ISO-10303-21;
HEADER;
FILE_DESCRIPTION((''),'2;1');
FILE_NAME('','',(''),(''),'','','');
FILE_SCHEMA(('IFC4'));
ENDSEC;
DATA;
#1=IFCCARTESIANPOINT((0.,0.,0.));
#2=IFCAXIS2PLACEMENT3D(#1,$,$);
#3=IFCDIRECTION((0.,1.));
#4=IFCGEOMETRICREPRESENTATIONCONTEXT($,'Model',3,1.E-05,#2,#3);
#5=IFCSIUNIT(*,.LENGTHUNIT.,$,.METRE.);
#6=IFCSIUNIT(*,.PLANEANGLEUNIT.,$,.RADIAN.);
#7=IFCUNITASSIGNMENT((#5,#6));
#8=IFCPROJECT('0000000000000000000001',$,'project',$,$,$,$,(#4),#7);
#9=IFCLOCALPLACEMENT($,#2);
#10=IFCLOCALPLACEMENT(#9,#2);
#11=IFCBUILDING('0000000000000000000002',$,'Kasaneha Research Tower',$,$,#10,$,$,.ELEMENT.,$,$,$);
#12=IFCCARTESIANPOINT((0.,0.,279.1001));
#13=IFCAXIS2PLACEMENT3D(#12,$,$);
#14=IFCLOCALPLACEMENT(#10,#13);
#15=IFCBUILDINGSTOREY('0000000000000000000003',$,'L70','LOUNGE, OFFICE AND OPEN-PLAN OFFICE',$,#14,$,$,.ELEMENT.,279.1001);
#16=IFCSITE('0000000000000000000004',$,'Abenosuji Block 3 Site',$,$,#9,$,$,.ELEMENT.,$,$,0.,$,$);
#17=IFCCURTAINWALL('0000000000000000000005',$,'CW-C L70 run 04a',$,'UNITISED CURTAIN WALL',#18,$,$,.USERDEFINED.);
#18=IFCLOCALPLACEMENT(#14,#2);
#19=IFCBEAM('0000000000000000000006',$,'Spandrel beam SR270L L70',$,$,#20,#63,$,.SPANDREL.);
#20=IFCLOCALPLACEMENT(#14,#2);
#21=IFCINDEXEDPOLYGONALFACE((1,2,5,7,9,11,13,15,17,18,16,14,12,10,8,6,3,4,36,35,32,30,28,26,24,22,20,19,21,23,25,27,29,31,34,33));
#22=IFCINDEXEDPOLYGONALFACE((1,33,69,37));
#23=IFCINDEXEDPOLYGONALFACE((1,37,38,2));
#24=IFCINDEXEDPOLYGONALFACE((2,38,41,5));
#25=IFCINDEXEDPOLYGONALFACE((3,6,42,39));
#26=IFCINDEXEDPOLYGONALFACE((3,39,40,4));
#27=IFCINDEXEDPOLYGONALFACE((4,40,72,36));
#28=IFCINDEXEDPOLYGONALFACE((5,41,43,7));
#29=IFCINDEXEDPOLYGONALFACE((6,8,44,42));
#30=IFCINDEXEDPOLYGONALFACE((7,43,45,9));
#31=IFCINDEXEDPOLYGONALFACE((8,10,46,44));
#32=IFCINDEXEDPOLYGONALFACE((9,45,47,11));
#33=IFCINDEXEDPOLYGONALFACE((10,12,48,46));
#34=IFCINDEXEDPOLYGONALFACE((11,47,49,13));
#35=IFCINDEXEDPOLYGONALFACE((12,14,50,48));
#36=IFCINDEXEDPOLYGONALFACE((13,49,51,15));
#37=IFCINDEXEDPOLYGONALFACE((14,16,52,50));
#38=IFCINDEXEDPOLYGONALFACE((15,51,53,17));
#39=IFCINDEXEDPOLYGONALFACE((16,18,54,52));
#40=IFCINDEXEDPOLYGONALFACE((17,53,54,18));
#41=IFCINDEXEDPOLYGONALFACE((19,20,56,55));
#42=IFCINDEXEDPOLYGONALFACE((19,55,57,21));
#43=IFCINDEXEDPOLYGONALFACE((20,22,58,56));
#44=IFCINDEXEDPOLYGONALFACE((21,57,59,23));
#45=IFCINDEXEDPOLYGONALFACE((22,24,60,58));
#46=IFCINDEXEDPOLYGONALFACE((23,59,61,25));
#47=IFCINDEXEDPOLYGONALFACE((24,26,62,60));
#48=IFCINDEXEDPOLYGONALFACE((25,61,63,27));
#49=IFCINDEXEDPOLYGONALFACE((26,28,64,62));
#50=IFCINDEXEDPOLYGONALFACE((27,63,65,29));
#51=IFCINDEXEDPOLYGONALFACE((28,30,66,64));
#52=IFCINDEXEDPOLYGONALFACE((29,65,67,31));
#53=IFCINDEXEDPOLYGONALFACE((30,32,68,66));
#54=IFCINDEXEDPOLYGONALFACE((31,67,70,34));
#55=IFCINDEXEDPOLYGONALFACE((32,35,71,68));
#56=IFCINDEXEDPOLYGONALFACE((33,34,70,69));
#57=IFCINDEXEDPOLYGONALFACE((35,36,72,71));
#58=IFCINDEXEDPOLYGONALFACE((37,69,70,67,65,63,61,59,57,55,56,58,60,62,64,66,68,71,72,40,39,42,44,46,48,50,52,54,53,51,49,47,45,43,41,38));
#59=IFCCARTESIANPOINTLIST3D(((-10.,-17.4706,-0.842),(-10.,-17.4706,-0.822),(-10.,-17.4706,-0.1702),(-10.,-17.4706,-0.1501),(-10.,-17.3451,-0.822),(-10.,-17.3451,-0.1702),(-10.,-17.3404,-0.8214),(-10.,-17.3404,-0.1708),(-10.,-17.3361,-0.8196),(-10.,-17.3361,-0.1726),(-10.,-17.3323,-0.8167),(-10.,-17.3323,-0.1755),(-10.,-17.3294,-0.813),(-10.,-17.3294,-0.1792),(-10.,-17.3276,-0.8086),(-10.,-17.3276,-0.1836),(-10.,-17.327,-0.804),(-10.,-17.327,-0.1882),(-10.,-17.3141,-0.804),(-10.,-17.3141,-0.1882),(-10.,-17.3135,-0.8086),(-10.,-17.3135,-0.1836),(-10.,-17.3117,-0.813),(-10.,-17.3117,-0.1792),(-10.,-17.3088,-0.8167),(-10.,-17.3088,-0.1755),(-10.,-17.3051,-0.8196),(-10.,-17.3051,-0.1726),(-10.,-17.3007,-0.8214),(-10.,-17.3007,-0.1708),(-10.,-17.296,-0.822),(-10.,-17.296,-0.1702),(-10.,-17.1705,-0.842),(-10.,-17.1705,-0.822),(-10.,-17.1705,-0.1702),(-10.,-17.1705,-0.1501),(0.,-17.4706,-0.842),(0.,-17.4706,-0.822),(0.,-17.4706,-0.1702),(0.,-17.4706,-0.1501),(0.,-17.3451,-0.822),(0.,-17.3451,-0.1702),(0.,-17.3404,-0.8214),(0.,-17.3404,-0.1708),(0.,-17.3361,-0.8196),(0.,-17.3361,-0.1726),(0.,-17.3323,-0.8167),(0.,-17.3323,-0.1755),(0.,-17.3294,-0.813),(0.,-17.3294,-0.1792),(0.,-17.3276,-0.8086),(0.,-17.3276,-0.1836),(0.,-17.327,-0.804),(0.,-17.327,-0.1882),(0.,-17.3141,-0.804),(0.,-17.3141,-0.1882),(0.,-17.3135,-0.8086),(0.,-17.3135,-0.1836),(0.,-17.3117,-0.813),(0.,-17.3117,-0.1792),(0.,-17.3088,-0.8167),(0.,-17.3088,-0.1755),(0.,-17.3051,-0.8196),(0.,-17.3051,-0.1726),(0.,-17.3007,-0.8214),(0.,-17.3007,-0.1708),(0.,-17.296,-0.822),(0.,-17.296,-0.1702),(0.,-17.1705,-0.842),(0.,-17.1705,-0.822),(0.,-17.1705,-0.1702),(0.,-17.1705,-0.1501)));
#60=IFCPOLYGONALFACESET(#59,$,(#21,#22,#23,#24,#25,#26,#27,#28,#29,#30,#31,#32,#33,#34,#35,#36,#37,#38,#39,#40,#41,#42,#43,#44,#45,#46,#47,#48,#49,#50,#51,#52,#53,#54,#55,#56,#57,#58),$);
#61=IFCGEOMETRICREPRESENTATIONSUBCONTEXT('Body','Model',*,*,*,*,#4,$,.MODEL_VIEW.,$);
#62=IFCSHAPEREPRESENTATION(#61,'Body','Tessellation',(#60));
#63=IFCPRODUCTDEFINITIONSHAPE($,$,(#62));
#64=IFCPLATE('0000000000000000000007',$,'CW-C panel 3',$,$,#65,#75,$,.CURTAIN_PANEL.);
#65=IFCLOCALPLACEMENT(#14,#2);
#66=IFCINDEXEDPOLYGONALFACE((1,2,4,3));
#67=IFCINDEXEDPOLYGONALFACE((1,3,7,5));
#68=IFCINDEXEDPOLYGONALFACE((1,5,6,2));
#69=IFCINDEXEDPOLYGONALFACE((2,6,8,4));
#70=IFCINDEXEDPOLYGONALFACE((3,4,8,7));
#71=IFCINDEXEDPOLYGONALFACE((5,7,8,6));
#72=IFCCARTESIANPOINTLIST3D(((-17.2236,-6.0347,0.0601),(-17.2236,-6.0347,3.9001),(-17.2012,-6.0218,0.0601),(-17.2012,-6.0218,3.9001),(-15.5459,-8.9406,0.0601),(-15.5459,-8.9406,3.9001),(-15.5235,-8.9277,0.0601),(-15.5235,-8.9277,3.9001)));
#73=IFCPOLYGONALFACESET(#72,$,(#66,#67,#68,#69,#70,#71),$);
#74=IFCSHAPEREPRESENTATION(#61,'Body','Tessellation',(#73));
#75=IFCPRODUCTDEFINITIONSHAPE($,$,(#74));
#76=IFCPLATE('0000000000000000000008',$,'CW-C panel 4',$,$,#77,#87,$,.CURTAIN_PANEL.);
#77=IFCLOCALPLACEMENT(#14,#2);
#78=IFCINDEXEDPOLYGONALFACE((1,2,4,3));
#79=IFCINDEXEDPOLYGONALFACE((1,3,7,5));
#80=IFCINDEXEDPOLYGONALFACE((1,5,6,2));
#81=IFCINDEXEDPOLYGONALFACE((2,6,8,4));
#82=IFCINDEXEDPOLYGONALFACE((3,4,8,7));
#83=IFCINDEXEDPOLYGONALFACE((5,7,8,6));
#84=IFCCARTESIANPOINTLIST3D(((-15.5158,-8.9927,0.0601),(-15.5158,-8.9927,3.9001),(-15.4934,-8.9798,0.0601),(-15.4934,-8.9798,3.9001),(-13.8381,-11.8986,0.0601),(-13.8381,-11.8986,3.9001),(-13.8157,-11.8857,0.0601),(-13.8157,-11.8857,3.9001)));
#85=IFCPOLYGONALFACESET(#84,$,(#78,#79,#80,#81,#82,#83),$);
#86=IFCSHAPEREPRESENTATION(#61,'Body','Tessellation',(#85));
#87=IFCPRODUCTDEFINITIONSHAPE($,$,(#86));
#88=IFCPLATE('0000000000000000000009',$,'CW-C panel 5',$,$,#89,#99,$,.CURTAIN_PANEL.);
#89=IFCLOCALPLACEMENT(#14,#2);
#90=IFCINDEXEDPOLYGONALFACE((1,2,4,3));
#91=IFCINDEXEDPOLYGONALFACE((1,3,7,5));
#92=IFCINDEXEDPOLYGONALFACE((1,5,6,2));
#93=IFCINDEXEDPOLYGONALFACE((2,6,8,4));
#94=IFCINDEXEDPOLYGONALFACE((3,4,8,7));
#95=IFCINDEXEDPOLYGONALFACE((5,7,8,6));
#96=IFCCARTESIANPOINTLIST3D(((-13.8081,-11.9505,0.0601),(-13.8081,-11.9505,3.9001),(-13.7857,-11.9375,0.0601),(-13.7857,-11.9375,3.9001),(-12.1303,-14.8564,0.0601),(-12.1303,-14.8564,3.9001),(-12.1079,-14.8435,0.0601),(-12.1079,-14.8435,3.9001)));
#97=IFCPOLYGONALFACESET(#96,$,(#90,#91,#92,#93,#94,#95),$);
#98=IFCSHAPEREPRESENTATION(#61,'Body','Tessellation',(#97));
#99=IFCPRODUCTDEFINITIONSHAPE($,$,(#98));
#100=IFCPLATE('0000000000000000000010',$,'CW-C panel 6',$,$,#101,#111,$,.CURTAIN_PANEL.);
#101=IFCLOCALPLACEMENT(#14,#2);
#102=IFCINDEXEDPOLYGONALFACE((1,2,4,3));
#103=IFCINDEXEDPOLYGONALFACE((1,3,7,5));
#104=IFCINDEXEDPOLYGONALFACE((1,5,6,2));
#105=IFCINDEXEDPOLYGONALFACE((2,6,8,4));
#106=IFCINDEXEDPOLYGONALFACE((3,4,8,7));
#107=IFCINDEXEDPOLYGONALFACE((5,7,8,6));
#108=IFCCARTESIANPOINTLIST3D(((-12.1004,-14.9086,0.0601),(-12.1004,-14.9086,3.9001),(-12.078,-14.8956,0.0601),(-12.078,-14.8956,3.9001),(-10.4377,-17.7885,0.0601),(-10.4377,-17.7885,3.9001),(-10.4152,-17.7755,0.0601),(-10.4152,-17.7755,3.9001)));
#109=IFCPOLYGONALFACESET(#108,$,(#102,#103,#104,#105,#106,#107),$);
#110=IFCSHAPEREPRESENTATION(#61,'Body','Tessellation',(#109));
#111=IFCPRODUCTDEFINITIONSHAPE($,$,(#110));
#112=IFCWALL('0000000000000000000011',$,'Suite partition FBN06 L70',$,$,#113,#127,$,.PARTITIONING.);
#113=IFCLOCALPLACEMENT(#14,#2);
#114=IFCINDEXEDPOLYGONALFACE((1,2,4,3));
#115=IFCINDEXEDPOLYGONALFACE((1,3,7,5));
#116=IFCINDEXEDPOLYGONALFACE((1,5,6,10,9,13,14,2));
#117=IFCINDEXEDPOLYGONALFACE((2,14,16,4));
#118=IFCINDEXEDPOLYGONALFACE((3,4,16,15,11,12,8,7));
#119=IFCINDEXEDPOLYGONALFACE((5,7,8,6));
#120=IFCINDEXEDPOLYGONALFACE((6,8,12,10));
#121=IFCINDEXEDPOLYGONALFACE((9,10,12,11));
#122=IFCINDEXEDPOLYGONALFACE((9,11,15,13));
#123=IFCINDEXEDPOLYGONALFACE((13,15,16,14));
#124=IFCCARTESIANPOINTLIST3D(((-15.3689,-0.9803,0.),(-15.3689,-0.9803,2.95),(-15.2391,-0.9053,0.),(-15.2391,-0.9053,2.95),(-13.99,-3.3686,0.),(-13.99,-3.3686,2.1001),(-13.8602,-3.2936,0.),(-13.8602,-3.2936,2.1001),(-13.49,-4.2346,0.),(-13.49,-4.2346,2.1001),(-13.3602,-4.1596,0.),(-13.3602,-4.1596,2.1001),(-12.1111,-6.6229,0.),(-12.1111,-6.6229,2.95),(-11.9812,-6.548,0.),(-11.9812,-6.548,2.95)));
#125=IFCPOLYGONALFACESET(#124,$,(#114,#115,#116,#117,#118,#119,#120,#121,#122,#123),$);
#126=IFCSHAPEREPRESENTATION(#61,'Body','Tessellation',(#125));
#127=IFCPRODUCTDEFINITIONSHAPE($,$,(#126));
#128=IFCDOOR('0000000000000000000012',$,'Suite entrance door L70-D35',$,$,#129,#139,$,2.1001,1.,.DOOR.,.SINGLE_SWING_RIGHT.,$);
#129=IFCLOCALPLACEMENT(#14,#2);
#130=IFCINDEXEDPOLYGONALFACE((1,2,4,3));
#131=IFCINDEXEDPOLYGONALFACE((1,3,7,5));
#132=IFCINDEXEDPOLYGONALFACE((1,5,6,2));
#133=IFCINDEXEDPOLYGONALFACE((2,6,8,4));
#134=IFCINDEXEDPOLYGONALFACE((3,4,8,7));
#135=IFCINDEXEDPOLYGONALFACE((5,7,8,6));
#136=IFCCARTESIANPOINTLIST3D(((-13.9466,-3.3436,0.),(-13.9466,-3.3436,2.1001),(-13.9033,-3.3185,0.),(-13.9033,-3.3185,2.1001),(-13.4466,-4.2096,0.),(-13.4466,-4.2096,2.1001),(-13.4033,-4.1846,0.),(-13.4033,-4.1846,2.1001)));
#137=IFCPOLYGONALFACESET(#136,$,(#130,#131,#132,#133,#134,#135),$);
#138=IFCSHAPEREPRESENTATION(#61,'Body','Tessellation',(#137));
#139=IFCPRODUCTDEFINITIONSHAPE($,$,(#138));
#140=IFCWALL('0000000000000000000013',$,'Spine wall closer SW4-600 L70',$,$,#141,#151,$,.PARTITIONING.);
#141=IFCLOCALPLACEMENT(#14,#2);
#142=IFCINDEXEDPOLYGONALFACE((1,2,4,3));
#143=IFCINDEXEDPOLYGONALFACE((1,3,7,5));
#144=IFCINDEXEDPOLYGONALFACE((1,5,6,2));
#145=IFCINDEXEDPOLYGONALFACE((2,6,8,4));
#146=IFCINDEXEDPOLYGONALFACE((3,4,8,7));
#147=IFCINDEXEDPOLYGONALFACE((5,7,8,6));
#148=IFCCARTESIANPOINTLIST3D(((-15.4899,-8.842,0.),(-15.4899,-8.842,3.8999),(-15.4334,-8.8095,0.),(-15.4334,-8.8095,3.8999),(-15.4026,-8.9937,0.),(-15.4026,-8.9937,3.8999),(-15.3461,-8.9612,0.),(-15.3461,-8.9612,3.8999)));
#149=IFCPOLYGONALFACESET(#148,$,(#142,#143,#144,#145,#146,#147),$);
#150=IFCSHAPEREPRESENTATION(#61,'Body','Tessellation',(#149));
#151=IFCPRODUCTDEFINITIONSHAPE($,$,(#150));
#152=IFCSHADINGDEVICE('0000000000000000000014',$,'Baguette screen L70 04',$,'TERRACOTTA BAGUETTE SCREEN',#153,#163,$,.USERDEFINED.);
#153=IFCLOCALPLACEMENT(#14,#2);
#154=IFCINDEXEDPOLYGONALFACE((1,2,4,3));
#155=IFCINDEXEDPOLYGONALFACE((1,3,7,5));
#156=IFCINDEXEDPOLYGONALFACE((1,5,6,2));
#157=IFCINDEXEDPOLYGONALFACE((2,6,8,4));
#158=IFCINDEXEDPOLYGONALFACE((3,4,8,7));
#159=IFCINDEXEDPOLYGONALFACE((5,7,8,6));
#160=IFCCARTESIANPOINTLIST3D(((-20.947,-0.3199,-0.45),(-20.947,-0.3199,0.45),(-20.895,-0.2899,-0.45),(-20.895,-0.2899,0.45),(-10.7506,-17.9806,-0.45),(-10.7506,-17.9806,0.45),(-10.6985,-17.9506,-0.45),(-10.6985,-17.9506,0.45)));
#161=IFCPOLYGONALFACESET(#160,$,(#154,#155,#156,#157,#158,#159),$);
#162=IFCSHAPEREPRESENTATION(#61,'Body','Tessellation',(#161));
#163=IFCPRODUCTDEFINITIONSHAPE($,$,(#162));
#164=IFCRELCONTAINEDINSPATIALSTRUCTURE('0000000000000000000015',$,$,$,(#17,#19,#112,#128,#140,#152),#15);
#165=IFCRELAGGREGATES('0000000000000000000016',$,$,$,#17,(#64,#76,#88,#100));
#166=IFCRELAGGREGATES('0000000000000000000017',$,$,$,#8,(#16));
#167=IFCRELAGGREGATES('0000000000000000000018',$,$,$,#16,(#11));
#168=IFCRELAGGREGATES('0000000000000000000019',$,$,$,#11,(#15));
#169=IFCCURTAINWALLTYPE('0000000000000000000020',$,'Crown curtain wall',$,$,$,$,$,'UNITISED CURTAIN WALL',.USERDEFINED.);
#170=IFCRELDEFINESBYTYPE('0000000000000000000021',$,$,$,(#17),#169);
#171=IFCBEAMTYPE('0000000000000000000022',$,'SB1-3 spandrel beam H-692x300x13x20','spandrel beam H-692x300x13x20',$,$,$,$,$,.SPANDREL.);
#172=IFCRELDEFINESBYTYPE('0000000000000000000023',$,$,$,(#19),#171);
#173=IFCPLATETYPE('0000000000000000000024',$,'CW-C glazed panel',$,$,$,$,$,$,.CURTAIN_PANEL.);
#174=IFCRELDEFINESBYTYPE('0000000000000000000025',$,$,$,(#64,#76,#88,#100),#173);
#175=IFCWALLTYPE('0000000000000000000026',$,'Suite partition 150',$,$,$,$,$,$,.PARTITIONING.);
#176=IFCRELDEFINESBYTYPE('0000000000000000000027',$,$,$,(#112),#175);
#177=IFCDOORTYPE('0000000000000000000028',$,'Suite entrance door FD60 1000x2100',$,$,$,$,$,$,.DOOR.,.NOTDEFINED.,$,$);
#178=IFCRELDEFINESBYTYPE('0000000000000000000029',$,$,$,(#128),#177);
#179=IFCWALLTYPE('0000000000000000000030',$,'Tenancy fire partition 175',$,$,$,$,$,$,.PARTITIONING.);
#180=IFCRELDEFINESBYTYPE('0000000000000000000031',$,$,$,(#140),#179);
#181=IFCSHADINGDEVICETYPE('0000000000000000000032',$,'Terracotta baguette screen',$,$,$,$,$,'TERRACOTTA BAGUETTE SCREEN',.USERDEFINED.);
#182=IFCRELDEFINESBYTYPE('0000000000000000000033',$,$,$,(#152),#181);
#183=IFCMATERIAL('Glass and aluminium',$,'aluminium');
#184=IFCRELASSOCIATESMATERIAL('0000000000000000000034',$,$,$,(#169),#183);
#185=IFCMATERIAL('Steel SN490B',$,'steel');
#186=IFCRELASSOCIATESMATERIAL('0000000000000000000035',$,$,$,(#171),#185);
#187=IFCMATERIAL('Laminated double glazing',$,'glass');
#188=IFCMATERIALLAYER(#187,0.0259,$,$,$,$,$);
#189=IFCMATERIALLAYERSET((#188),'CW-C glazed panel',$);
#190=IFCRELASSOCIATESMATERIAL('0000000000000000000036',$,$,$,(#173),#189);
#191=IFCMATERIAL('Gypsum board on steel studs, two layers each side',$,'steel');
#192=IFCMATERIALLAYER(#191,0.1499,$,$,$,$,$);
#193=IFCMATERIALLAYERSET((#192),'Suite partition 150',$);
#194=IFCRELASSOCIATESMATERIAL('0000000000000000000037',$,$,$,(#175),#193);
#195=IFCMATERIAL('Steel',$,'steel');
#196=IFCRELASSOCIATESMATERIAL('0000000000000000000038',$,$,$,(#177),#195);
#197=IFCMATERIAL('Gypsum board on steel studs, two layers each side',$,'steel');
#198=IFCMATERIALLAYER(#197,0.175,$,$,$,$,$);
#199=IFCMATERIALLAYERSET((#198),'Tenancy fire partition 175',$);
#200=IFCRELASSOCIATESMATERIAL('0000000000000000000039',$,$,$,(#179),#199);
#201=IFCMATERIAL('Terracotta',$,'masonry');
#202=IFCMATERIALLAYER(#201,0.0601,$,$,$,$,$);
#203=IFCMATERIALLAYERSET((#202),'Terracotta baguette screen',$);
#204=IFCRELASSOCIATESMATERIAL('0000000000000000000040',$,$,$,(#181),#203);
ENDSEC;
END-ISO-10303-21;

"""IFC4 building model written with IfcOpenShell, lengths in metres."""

from ifc_helpers import new_model, si_unit, direction, frame, frame_2d, origin, origin_2d, place, context, subcontext, project, spatial, rectangle, i_section, extrude, material, layer, layer_set, material_profile, profile_set, type_object, element, fill, aggregate, save


model = new_model("IFC4")

# Units and contexts
model_context = context("Model", 3, precision=1e-05, world=origin(), true_north=direction((0.0, 1.0)))
body_context = subcontext(model_context, "Body", "Model", "MODEL_VIEW")
ifc_project = project(units=[si_unit("LENGTHUNIT", "METRE"), si_unit("PLANEANGLEUNIT", "RADIAN")], contexts=[model_context])

# Site, building, storey
site_placement = place(None, origin())
site = spatial("IfcSite", under=ifc_project, at=site_placement, Name="Abenosuji Block 3 Site", CompositionType="ELEMENT", RefElevation=0.0)
building_placement = place(site_placement, origin())
building = spatial("IfcBuilding", under=site, at=building_placement, Name="Kasaneha Research Tower", CompositionType="ELEMENT")
storey_placement = place(building_placement, frame((0.0, 0.0, 279.1001)))
storey = spatial("IfcBuildingStorey", under=building, at=storey_placement, Name="L70", Description="LOUNGE, OFFICE AND OPEN-PLAN OFFICE", CompositionType="ELEMENT", Elevation=279.1001)

# Curtain wall
ifc_material_1 = material(Name="Glass and aluminium", Category="aluminium")
curtain_wall_type = type_object("IfcCurtainWallType", Name="Crown curtain wall", ElementType="UNITISED CURTAIN WALL", PredefinedType="USERDEFINED", material=ifc_material_1)
curtain_wall_1_placement = place(storey_placement, origin())
curtain_wall_1 = element("IfcCurtainWall", 1, at=curtain_wall_1_placement, inside=storey, type_object=curtain_wall_type, Name="CW-C L70 run 04a", ObjectType="UNITISED CURTAIN WALL", PredefinedType="USERDEFINED")

# Beam
ifc_material_2 = material(Name="Steel SN490B", Category="steel")
ifc_material_profile_1 = material_profile(ifc_material_2, i_section(OverallWidth=0.3, OverallDepth=0.6919, WebThickness=0.0129, FlangeThickness=0.02, FilletRadius=0.0181, at=origin_2d()), Name="H-692x300x13x20")
ifc_profile_set_1 = profile_set([ifc_material_profile_1], Name="Steel SN490B")
beam_type_1 = type_object("IfcBeamType", Name="SB1-3 spandrel beam H-692x300x13x20", Description="spandrel beam H-692x300x13x20", PredefinedType="SPANDREL", material=ifc_profile_set_1)
beam_1_placement = place(storey_placement, frame((-10.0, -17.3206, -0.4961), z_axis=(1.0, 0.0, 0.0), x_axis=(0.0, 1.0, 0.0)))
element("IfcBeam", 2, at=beam_1_placement, inside=storey, type_object=beam_type_1, Name="Spandrel beam SR270L L70", PredefinedType="SPANDREL", context=body_context, shape_type="SweptSolid", body=[
    extrude(i_section(OverallWidth=0.3, OverallDepth=0.6919, WebThickness=0.0129, FlangeThickness=0.02, FilletRadius=0.0181, at=origin_2d()), origin(), (0.0, 0.0, 1.0), 10.0),
])

# Plates
ifc_material_3 = material(Name="Laminated double glazing", Category="glass")
ifc_layer_1 = layer(ifc_material_3, 0.0259)
ifc_layer_set_1 = layer_set([ifc_layer_1], Name="CW-C glazed panel")
plate_type = type_object("IfcPlateType", Name="CW-C glazed panel", PredefinedType="CURTAIN_PANEL", material=ifc_layer_set_1)
plate_1_placement = place(storey_placement, frame((-16.3735, -7.4812, 0.0601), z_axis=(0.0, 0.0, 1.0), x_axis=(0.5, -0.866025, 0.0)))
plate_1 = element("IfcPlate", 3, at=plate_1_placement, type_object=plate_type, Name="CW-C panel 3", PredefinedType="CURTAIN_PANEL", context=body_context, shape_type="SweptSolid", body=[
    extrude(rectangle(XDim=3.3555, YDim=0.0259, at=origin_2d()), origin(), (0.0, 0.0, 1.0), 3.8401),
])
plate_2_placement = place(storey_placement, frame((-14.6658, -10.4392, 0.0601), z_axis=(0.0, 0.0, 1.0), x_axis=(0.5, -0.866025, 0.0)))
plate_2 = element("IfcPlate", 4, at=plate_2_placement, type_object=plate_type, Name="CW-C panel 4", PredefinedType="CURTAIN_PANEL", context=body_context, shape_type="SweptSolid", body=[
    extrude(rectangle(XDim=3.3555, YDim=0.0259, at=origin_2d()), origin(), (0.0, 0.0, 1.0), 3.8401),
])
plate_3_placement = place(storey_placement, frame((-12.958, -13.397, 0.0601), z_axis=(0.0, 0.0, 1.0), x_axis=(0.5, -0.866025, 0.0)))
plate_3 = element("IfcPlate", 5, at=plate_3_placement, type_object=plate_type, Name="CW-C panel 5", PredefinedType="CURTAIN_PANEL", context=body_context, shape_type="SweptSolid", body=[
    extrude(rectangle(XDim=3.3555, YDim=0.0259, at=origin_2d()), origin(), (0.0, 0.0, 1.0), 3.8401),
])
plate_4_placement = place(storey_placement, frame((-11.2578, -16.342, 0.0601), z_axis=(0.0, 0.0, 1.0), x_axis=(0.5, -0.866025, 0.0)))
plate_4 = element("IfcPlate", 6, at=plate_4_placement, type_object=plate_type, Name="CW-C panel 6", PredefinedType="CURTAIN_PANEL", context=body_context, shape_type="SweptSolid", body=[
    extrude(rectangle(XDim=3.3254, YDim=0.0259, at=origin_2d()), origin(), (0.0, 0.0, 1.0), 3.8401),
])
aggregate(curtain_wall_1, [plate_1, plate_2, plate_3, plate_4])

# Wall, opening, door
ifc_material_4 = material(Name="Gypsum board on steel studs, two layers each side", Category="steel")
ifc_layer_2 = layer(ifc_material_4, 0.1499)
ifc_layer_set_2 = layer_set([ifc_layer_2], Name="Suite partition 150")
wall_type_1 = type_object("IfcWallType", Name="Suite partition 150", PredefinedType="PARTITIONING", material=ifc_layer_set_2)
wall_1_placement = place(storey_placement, frame((-12.0461, -6.5854, 0.0), z_axis=(0.0, 0.0, 1.0), x_axis=(-0.500008, 0.866021, 0.0)))
wall_1 = element("IfcWall", 7, at=wall_1_placement, inside=storey, type_object=wall_type_1, Name="Suite partition FBN06 L70", PredefinedType="PARTITIONING", context=body_context, shape_type="SweptSolid", body=[
    extrude(rectangle(XDim=6.5156, YDim=0.1499, at=frame_2d((3.2578, 0.0))), origin(), (0.0, 0.0, 1.0), 2.95),
])
opening_placement = place(wall_1_placement, frame((2.7578, 0.0, 0.0)))
opening = element("IfcOpeningElement", 8, at=opening_placement, cuts=wall_1, PredefinedType="OPENING", context=body_context, shape_type="SweptSolid", body=[
    extrude(rectangle(XDim=1.0, YDim=2.1001, at=frame_2d((0.5, 1.05))), frame((0.0, 0.085, 0.0), z_axis=(0.0, -1.0, 0.0), x_axis=(1.0, 0.0, 0.0)), (0.0, 0.0, 1.0), 0.1699),
])
ifc_material_5 = material(Name="Steel", Category="steel")
door_type = type_object("IfcDoorType", Name="Suite entrance door FD60 1000x2100", OperationType="NOTDEFINED", PredefinedType="DOOR", material=ifc_material_5)
door_placement = place(opening_placement, origin())
door = element("IfcDoor", 9, at=door_placement, inside=storey, type_object=door_type, Name="Suite entrance door L70-D35", OperationType="SINGLE_SWING_RIGHT", OverallHeight=2.1001, OverallWidth=1.0, PredefinedType="DOOR", context=body_context, shape_type="SweptSolid", body=[
    extrude(rectangle(XDim=1.0, YDim=2.1001, at=frame_2d((0.5, 1.05))), frame((0.0, 0.0249, 0.0), z_axis=(0.0, -1.0, 0.0), x_axis=(1.0, 0.0, 0.0)), (0.0, 0.0, 1.0), 0.05),
])
fill(opening, door)

# Wall
ifc_material_6 = material(Name="Gypsum board on steel studs, two layers each side", Category="steel")
ifc_layer_3 = layer(ifc_material_6, 0.175)
ifc_layer_set_3 = layer_set([ifc_layer_3], Name="Tenancy fire partition 175")
wall_type_2 = type_object("IfcWallType", Name="Tenancy fire partition 175", PredefinedType="PARTITIONING", material=ifc_layer_set_3)
wall_2_placement = place(storey_placement, frame((-15.3896, -8.8853, 0.0), z_axis=(0.0, 0.0, 1.0), x_axis=(-0.866622, -0.498964, 0.0)))
element("IfcWall", 10, at=wall_2_placement, inside=storey, type_object=wall_type_2, Name="Spine wall closer SW4-600 L70", PredefinedType="PARTITIONING", context=body_context, shape_type="SweptSolid", body=[
    extrude(rectangle(XDim=0.0652, YDim=0.175, at=frame_2d((0.0327, 0.0))), origin(), (0.0, 0.0, 1.0), 3.8999),
])

# Shading device
ifc_material_7 = material(Name="Terracotta", Category="masonry")
ifc_layer_4 = layer(ifc_material_7, 0.0601)
ifc_layer_set_4 = layer_set([ifc_layer_4], Name="Terracotta baguette screen")
shading_device_type = type_object("IfcShadingDeviceType", Name="Terracotta baguette screen", ElementType="TERRACOTTA BAGUETTE SCREEN", PredefinedType="USERDEFINED", material=ifc_layer_set_4)
shading_device_placement = place(storey_placement, frame((-15.8228, -9.1353, -0.45), z_axis=(0.0, 0.0, 1.0), x_axis=(0.5, -0.866025, 0.0)))
element("IfcShadingDevice", 11, at=shading_device_placement, inside=storey, type_object=shading_device_type, Name="Baguette screen L70 04", ObjectType="TERRACOTTA BAGUETTE SCREEN", PredefinedType="USERDEFINED", context=body_context, shape_type="SweptSolid", body=[
    extrude(rectangle(XDim=20.3928, YDim=0.0601, at=origin_2d()), origin(), (0.0, 0.0, 1.0), 0.8999),
])

save(model, "model.ifc")
